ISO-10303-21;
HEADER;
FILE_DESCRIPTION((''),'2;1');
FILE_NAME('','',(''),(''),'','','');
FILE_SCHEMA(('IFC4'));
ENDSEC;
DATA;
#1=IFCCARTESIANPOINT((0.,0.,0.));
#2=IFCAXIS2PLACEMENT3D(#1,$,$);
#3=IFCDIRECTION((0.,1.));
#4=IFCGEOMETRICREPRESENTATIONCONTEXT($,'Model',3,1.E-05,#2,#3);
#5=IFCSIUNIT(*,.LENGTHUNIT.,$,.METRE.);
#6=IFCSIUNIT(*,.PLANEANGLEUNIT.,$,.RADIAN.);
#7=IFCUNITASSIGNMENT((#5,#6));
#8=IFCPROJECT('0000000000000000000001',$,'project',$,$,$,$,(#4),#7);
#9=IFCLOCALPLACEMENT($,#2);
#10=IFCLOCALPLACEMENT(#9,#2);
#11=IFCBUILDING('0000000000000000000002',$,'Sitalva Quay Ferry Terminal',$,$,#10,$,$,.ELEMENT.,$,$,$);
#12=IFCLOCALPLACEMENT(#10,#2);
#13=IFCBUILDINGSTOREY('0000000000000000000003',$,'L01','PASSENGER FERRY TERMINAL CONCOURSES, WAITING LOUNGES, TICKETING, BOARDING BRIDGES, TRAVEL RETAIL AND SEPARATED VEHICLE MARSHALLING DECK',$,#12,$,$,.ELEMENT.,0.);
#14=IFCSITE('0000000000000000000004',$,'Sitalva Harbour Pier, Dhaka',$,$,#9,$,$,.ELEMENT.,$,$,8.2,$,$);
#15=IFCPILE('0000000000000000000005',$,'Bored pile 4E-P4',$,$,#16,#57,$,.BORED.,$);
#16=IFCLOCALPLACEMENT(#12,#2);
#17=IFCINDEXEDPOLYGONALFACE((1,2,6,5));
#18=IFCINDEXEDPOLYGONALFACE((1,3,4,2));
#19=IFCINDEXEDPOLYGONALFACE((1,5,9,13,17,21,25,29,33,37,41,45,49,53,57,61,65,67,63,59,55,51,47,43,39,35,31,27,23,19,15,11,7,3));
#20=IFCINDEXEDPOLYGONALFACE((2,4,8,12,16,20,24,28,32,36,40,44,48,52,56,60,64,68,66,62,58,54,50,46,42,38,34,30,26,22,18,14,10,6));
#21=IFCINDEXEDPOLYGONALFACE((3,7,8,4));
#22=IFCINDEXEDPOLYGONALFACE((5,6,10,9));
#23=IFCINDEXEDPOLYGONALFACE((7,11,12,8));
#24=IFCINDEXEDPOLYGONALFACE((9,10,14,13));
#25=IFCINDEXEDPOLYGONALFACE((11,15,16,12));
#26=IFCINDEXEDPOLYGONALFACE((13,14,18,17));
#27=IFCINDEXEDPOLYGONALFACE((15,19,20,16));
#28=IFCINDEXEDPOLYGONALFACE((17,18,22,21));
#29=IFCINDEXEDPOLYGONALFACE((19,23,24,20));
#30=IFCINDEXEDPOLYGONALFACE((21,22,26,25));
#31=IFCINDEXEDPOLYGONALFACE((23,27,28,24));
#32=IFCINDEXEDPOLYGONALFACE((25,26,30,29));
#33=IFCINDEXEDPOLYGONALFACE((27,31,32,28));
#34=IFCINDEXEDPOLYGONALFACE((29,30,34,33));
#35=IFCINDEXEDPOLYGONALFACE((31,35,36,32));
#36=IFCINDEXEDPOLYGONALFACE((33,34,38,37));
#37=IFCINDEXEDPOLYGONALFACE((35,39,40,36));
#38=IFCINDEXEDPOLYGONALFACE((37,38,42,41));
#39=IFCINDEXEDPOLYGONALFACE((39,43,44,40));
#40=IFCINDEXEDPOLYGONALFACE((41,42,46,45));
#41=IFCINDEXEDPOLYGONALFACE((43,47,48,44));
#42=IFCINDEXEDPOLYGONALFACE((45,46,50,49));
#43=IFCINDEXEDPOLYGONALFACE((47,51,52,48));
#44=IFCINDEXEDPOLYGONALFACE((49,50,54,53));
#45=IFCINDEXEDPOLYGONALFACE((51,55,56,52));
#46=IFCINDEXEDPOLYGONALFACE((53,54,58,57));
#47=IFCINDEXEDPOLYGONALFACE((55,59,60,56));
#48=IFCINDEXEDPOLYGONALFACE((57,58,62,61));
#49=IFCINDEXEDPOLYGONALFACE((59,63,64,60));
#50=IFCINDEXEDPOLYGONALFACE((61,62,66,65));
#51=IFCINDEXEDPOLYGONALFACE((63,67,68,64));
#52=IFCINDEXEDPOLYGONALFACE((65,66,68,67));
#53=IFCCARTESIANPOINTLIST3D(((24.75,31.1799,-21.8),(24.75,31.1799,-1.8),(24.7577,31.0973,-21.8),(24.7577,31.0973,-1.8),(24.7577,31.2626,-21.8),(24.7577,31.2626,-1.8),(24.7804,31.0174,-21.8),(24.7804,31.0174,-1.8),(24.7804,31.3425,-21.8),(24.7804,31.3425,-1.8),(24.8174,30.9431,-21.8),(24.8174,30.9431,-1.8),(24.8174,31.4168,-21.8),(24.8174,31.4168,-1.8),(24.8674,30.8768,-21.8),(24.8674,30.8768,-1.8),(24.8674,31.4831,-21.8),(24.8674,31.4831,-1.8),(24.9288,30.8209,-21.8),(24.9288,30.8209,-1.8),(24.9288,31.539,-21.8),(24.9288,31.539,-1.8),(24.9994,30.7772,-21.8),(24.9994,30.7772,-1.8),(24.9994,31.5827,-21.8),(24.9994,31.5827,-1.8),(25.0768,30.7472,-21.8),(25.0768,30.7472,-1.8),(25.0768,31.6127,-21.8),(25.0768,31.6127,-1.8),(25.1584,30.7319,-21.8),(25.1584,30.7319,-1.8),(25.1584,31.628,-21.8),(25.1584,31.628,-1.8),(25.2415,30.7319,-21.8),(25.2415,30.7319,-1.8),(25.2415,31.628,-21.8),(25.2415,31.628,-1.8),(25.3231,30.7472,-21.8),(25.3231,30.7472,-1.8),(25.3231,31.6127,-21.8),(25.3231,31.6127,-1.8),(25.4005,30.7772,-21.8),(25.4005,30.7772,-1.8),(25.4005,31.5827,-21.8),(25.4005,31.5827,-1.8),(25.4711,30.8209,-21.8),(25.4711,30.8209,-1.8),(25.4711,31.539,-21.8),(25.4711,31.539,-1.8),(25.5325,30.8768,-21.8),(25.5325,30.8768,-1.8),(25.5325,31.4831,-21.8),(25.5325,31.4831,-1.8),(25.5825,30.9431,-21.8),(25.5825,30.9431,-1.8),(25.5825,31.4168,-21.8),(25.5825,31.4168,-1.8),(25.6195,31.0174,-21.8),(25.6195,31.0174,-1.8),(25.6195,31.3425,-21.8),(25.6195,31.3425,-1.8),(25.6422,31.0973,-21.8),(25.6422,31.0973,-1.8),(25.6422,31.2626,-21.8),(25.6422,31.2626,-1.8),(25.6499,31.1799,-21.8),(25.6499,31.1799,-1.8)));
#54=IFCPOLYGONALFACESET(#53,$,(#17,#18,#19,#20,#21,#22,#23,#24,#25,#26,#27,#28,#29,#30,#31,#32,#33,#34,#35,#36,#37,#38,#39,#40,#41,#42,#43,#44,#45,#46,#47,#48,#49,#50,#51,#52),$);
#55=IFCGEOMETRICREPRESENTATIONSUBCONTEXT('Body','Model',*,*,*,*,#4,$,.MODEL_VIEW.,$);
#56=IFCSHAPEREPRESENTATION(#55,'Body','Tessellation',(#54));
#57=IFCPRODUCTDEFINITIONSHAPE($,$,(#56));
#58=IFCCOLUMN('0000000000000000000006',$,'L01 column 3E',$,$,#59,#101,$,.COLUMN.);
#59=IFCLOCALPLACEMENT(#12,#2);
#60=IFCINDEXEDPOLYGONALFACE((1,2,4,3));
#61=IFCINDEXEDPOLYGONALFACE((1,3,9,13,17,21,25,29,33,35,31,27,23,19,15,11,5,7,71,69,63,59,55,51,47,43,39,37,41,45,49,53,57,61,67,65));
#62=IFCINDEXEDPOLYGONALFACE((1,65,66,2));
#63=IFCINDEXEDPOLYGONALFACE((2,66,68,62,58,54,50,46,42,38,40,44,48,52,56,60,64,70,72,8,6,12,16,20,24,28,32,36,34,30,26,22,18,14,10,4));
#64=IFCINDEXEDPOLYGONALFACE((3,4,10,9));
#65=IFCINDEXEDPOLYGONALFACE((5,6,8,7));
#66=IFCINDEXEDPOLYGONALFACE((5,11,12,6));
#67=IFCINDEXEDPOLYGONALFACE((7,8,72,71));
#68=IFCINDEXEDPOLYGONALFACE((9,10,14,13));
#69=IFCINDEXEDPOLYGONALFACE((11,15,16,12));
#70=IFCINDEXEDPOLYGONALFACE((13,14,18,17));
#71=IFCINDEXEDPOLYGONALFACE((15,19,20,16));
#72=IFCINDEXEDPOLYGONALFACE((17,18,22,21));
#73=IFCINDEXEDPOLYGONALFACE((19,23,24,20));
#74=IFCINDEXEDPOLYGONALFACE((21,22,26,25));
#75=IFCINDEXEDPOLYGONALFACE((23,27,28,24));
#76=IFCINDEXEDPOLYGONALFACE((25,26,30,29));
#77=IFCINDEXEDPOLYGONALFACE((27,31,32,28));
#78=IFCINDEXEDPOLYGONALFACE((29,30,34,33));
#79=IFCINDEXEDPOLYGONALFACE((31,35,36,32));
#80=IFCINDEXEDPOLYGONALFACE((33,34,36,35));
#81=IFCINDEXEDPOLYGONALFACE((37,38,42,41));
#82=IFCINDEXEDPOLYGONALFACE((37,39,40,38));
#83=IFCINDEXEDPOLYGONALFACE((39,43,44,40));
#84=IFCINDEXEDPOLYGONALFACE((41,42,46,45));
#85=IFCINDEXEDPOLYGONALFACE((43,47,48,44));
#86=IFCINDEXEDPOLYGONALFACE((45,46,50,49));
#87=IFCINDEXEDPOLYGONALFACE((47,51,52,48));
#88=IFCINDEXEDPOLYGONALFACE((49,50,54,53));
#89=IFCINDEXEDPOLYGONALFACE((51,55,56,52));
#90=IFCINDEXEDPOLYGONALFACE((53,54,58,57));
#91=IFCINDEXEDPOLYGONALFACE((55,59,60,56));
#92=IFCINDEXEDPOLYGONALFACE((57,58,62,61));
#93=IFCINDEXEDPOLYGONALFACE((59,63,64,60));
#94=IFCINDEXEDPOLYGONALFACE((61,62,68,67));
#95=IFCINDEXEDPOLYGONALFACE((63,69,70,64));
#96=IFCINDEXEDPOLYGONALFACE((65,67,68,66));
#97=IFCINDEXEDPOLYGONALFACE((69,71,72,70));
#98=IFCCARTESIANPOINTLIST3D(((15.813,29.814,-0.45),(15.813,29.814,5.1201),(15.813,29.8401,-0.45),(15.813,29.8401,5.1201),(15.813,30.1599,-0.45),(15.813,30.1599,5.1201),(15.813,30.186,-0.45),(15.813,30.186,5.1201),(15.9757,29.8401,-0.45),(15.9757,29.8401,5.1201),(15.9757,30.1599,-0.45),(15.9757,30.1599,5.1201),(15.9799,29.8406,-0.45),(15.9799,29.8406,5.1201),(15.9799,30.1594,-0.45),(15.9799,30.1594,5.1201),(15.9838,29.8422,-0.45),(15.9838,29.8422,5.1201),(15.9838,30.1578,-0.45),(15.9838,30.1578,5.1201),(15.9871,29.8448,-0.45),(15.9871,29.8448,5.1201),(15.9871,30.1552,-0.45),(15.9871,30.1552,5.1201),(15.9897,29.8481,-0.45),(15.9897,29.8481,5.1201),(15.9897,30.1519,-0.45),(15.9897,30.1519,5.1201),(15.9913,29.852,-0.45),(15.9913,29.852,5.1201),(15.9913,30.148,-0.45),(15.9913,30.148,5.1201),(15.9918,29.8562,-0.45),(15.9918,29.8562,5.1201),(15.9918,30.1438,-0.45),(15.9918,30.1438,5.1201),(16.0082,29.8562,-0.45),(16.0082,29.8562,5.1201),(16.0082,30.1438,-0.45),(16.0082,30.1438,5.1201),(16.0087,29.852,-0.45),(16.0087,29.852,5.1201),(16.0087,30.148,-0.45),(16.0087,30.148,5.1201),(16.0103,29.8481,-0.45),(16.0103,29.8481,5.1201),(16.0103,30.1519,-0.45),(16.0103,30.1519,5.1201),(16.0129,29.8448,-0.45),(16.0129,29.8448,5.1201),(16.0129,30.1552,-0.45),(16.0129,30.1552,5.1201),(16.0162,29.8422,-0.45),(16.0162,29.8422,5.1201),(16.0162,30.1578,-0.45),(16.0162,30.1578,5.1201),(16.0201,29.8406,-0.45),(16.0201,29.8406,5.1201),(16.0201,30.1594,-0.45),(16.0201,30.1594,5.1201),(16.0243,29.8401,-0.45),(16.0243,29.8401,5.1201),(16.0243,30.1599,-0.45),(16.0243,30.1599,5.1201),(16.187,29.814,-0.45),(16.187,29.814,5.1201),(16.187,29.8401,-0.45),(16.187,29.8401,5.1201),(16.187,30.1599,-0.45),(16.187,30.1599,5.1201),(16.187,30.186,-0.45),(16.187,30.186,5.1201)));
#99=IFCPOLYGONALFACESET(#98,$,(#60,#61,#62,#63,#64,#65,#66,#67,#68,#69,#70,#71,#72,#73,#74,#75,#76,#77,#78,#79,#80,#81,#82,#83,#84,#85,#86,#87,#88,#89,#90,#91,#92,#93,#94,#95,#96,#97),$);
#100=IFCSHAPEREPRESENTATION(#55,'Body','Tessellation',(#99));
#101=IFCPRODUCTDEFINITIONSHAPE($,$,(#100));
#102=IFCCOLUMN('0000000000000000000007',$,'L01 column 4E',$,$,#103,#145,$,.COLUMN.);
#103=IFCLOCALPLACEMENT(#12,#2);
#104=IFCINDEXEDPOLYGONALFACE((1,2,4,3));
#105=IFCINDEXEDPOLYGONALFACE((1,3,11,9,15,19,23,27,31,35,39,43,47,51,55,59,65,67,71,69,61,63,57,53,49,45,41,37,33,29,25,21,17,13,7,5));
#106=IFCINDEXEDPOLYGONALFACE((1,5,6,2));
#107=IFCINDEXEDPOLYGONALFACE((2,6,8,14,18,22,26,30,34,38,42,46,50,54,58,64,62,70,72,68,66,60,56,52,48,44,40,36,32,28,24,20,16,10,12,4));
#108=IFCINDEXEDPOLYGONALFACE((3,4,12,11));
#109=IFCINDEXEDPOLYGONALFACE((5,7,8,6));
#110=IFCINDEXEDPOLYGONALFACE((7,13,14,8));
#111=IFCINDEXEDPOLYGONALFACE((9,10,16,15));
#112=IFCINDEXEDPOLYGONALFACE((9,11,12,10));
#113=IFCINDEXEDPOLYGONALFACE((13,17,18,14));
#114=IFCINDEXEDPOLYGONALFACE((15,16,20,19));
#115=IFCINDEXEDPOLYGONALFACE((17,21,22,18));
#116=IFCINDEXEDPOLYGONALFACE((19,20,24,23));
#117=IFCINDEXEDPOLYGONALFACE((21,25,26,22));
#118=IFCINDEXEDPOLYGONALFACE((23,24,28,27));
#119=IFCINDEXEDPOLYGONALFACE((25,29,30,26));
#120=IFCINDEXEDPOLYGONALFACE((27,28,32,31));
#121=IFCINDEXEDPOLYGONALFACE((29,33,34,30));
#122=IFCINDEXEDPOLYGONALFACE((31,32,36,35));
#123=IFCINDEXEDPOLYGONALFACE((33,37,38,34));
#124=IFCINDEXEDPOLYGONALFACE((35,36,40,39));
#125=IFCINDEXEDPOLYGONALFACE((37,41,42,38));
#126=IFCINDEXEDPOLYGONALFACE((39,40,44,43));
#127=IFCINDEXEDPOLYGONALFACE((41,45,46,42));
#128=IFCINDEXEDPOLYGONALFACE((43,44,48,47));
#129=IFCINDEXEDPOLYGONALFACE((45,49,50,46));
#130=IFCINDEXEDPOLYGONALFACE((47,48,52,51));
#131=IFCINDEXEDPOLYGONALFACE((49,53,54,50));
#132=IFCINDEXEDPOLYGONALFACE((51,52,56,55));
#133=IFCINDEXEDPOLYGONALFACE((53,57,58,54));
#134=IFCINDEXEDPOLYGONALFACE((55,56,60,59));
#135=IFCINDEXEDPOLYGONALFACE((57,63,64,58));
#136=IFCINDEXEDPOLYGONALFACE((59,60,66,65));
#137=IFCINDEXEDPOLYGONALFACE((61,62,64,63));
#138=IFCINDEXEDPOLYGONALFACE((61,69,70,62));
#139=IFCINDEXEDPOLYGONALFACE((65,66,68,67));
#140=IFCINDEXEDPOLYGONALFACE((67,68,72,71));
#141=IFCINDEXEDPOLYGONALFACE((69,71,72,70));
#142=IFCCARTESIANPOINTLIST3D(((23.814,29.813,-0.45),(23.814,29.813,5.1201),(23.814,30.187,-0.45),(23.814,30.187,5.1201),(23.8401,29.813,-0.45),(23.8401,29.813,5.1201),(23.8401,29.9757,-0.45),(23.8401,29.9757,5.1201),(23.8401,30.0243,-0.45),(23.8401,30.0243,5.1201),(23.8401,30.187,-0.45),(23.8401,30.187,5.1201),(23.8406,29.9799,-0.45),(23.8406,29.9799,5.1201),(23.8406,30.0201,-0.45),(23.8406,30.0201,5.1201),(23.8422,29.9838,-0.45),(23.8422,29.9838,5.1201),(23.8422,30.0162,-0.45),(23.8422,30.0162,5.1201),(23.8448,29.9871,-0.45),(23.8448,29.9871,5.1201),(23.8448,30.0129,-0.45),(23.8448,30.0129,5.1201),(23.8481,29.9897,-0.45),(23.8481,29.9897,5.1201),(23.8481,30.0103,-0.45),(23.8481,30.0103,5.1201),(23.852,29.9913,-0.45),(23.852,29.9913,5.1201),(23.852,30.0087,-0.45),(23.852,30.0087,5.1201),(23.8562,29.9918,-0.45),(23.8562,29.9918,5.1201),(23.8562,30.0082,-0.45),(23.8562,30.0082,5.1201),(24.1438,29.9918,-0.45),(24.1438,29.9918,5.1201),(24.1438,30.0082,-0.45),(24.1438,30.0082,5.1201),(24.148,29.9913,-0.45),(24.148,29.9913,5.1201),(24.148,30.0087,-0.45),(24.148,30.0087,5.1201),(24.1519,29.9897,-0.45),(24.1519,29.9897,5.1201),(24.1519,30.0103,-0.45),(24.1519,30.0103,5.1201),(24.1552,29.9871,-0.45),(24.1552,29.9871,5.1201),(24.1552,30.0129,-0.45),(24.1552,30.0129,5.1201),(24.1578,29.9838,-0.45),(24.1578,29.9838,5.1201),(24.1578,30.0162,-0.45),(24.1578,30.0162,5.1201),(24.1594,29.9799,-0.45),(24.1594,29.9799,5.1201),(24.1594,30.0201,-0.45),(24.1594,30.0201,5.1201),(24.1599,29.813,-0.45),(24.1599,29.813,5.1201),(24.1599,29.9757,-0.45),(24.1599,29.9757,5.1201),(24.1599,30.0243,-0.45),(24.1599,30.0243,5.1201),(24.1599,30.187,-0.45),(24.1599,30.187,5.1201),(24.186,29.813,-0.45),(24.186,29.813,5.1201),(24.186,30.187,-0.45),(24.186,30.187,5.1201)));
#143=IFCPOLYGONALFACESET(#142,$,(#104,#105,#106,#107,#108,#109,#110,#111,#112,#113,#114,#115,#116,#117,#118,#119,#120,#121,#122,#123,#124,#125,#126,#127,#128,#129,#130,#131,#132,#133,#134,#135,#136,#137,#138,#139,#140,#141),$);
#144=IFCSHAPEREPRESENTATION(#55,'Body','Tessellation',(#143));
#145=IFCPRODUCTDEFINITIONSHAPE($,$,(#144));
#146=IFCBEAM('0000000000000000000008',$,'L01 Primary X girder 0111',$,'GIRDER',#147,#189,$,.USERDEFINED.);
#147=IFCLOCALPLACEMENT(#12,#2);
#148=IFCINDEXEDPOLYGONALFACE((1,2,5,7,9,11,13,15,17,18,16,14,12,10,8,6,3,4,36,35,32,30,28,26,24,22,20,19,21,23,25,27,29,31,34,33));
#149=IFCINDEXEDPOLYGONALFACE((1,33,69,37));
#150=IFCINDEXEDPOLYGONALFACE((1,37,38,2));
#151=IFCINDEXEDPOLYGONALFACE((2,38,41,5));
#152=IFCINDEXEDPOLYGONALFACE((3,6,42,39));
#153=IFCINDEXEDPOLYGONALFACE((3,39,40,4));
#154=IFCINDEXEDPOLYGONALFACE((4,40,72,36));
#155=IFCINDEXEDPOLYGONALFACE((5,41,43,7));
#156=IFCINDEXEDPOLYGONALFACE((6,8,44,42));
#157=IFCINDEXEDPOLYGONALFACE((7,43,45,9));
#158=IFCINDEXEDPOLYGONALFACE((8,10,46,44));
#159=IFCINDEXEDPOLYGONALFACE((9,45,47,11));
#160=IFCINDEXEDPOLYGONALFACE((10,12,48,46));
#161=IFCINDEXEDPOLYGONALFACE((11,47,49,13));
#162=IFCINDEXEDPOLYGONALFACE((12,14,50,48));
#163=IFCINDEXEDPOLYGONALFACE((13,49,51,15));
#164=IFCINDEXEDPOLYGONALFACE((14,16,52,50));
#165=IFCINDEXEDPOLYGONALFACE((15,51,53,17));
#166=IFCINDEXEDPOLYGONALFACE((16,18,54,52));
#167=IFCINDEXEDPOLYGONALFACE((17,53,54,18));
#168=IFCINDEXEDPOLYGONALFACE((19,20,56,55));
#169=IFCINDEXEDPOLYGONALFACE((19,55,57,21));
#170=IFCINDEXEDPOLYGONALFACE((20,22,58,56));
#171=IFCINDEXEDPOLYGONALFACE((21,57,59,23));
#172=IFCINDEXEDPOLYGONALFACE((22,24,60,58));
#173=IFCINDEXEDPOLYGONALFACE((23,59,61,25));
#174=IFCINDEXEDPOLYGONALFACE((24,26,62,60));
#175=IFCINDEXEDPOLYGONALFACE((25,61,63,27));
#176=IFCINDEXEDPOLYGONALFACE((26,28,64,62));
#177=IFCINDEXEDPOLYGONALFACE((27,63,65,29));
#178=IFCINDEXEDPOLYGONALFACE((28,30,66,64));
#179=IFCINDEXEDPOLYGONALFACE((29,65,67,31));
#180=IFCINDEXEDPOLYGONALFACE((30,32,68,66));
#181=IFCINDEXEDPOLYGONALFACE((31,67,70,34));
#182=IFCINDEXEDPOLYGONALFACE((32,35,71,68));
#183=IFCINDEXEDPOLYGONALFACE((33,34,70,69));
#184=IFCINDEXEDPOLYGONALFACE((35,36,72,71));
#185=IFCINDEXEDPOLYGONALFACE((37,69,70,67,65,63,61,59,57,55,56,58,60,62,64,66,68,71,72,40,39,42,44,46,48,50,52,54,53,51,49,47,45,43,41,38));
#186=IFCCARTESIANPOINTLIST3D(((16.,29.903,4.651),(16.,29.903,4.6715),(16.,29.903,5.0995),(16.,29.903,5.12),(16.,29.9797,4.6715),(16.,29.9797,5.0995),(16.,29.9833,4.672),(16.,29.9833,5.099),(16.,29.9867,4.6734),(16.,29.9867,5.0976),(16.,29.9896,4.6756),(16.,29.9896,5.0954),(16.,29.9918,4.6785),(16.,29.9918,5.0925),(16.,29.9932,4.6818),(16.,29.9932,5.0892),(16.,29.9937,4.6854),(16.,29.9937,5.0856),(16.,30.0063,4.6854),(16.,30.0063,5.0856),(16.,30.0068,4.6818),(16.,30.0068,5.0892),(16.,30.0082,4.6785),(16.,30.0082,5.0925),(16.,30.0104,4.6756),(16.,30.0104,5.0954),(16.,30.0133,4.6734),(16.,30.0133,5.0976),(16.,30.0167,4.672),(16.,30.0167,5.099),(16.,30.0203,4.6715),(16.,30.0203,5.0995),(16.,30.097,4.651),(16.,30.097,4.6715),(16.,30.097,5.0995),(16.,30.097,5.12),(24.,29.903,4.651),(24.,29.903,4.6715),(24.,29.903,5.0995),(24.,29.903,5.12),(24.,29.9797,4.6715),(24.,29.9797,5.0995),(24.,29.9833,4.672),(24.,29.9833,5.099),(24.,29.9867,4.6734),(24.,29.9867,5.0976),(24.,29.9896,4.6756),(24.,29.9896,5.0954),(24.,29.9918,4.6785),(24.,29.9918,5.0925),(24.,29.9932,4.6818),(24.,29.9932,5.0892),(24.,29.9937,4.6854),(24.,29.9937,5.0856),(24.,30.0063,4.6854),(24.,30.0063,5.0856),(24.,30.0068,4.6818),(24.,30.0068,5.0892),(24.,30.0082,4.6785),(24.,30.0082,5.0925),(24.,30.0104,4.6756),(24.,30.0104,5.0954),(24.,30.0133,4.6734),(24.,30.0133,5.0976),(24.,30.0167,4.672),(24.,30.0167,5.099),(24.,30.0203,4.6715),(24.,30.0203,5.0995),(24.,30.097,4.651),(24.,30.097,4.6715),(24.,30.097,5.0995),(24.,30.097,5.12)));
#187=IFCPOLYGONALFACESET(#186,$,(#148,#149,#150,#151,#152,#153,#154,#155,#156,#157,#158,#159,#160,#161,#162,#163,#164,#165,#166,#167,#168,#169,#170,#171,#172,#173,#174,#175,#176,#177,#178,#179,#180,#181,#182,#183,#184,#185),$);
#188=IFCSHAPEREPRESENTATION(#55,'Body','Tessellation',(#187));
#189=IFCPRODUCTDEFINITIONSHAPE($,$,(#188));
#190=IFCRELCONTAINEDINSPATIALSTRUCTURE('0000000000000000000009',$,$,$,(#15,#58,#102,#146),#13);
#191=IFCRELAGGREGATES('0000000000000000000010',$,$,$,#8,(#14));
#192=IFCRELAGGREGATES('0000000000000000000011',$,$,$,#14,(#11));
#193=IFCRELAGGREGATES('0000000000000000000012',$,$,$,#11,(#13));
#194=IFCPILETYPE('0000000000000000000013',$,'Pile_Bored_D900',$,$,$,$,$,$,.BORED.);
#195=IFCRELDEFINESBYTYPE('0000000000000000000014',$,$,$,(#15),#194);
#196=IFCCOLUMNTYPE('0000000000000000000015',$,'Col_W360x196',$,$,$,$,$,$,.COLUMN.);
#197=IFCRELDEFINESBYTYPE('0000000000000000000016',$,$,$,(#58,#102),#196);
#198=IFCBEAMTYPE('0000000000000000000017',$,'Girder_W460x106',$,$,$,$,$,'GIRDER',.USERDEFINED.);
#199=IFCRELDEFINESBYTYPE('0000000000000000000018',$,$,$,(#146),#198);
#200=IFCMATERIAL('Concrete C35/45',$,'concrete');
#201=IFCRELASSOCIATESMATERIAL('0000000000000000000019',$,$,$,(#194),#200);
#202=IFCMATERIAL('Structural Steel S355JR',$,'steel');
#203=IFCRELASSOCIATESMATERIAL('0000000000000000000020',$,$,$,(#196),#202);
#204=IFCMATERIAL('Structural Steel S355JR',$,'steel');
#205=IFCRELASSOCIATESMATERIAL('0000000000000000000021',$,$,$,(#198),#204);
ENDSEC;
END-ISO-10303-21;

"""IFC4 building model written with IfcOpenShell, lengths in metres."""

from ifc_helpers import new_model, si_unit, direction, frame, origin, origin_2d, place, context, subcontext, project, spatial, circle, i_section, extrude, material, material_profile, profile_set, type_object, element, save


model = new_model("IFC4")

# Units and contexts
model_context = context("Model", 3, precision=1e-05, world=origin(), true_north=direction((0.0, 1.0)))
body_context = subcontext(model_context, "Body", "Model", "MODEL_VIEW")
ifc_project = project(units=[si_unit("LENGTHUNIT", "METRE"), si_unit("PLANEANGLEUNIT", "RADIAN")], contexts=[model_context])

# Site, building, storey
site_placement = place(None, origin())
site = spatial("IfcSite", under=ifc_project, at=site_placement, Name="Sitalva Harbour Pier, Dhaka", CompositionType="ELEMENT", RefElevation=8.2)
building_placement = place(site_placement, origin())
building = spatial("IfcBuilding", under=site, at=building_placement, Name="Sitalva Quay Ferry Terminal", CompositionType="ELEMENT")
storey_placement = place(building_placement, origin())
storey = spatial("IfcBuildingStorey", under=building, at=storey_placement, Name="L01", Description="PASSENGER FERRY TERMINAL CONCOURSES, WAITING LOUNGES, TICKETING, BOARDING BRIDGES, TRAVEL RETAIL AND SEPARATED VEHICLE MARSHALLING DECK", CompositionType="ELEMENT", Elevation=0.0)

# Pile
ifc_material_1 = material(Name="Concrete C35/45", Category="concrete")
ifc_material_profile_1 = material_profile(ifc_material_1, circle(Radius=0.45, at=origin_2d()), Name="PILE-D900")
ifc_profile_set_1 = profile_set([ifc_material_profile_1], Name="Concrete C35/45")
pile_type = type_object("IfcPileType", Name="Pile_Bored_D900", PredefinedType="BORED", material=ifc_profile_set_1)
for number, where, z_axis, x_axis, name in (
    (1, (25.2, 31.1799, -1.8), (0.0, 0.0, -1.0), (1.0, 0.0, 0.0), "Bored pile 4E-P4"),
):
    element("IfcPile", number, at=place(storey_placement, frame(where, z_axis=z_axis, x_axis=x_axis)), inside=storey, type_object=pile_type, Name=name, PredefinedType="BORED", context=body_context, shape_type="SweptSolid", body=[
        extrude(circle(Radius=0.45, at=origin_2d()), origin(), (0.0, 0.0, 1.0), 20.0),
    ])

# Columns
ifc_material_2 = material(Name="Structural Steel S355JR", Category="steel")
ifc_material_profile_2 = material_profile(ifc_material_2, i_section(OverallWidth=0.374, OverallDepth=0.3721, WebThickness=0.0164, FlangeThickness=0.0261, FilletRadius=0.0161, at=origin_2d()), Name="W360x196")
ifc_profile_set_2 = profile_set([ifc_material_profile_2], Name="Structural Steel S355JR")
column_type = type_object("IfcColumnType", Name="Col_W360x196", PredefinedType="COLUMN", material=ifc_profile_set_2)
for number, where, z_axis, x_axis, name in (
    (2, (16.0, 30.0, -0.45), (0.0, 0.0, 1.0), (1.0, 0.0, 0.0), "L01 column 3E"),
    (3, (24.0, 30.0, -0.45), (0.0, 0.0, 1.0), (0.0, 1.0, 0.0), "L01 column 4E"),
):
    element("IfcColumn", number, at=place(storey_placement, frame(where, z_axis=z_axis, x_axis=x_axis)), inside=storey, type_object=column_type, Name=name, PredefinedType="COLUMN", context=body_context, shape_type="SweptSolid", body=[
        extrude(i_section(OverallWidth=0.374, OverallDepth=0.3721, WebThickness=0.0164, FlangeThickness=0.0261, FilletRadius=0.0161, at=origin_2d()), origin(), (0.0, 0.0, 1.0), 5.5701),
    ])

# Beam
ifc_material_3 = material(Name="Structural Steel S355JR", Category="steel")
ifc_material_profile_3 = material_profile(ifc_material_3, i_section(OverallWidth=0.1941, OverallDepth=0.469, WebThickness=0.0127, FlangeThickness=0.0205, FilletRadius=0.0139, at=origin_2d()), Name="W460x106")
ifc_profile_set_3 = profile_set([ifc_material_profile_3], Name="Structural Steel S355JR")
beam_type_1 = type_object("IfcBeamType", Name="Girder_W460x106", ElementType="GIRDER", PredefinedType="USERDEFINED", material=ifc_profile_set_3)
beam_placement = place(storey_placement, frame((16.0, 30.0, 4.8855), z_axis=(1.0, 0.0, 0.0), x_axis=(0.0, 1.0, 0.0)))
element("IfcBeam", 4, at=beam_placement, inside=storey, type_object=beam_type_1, Name="L01 Primary X girder 0111", ObjectType="GIRDER", PredefinedType="USERDEFINED", context=body_context, shape_type="SweptSolid", body=[
    extrude(i_section(OverallWidth=0.1941, OverallDepth=0.469, WebThickness=0.0127, FlangeThickness=0.0205, FilletRadius=0.0139, at=origin_2d()), origin(), (0.0, 0.0, 1.0), 8.0),
])

save(model, "model.ifc")
